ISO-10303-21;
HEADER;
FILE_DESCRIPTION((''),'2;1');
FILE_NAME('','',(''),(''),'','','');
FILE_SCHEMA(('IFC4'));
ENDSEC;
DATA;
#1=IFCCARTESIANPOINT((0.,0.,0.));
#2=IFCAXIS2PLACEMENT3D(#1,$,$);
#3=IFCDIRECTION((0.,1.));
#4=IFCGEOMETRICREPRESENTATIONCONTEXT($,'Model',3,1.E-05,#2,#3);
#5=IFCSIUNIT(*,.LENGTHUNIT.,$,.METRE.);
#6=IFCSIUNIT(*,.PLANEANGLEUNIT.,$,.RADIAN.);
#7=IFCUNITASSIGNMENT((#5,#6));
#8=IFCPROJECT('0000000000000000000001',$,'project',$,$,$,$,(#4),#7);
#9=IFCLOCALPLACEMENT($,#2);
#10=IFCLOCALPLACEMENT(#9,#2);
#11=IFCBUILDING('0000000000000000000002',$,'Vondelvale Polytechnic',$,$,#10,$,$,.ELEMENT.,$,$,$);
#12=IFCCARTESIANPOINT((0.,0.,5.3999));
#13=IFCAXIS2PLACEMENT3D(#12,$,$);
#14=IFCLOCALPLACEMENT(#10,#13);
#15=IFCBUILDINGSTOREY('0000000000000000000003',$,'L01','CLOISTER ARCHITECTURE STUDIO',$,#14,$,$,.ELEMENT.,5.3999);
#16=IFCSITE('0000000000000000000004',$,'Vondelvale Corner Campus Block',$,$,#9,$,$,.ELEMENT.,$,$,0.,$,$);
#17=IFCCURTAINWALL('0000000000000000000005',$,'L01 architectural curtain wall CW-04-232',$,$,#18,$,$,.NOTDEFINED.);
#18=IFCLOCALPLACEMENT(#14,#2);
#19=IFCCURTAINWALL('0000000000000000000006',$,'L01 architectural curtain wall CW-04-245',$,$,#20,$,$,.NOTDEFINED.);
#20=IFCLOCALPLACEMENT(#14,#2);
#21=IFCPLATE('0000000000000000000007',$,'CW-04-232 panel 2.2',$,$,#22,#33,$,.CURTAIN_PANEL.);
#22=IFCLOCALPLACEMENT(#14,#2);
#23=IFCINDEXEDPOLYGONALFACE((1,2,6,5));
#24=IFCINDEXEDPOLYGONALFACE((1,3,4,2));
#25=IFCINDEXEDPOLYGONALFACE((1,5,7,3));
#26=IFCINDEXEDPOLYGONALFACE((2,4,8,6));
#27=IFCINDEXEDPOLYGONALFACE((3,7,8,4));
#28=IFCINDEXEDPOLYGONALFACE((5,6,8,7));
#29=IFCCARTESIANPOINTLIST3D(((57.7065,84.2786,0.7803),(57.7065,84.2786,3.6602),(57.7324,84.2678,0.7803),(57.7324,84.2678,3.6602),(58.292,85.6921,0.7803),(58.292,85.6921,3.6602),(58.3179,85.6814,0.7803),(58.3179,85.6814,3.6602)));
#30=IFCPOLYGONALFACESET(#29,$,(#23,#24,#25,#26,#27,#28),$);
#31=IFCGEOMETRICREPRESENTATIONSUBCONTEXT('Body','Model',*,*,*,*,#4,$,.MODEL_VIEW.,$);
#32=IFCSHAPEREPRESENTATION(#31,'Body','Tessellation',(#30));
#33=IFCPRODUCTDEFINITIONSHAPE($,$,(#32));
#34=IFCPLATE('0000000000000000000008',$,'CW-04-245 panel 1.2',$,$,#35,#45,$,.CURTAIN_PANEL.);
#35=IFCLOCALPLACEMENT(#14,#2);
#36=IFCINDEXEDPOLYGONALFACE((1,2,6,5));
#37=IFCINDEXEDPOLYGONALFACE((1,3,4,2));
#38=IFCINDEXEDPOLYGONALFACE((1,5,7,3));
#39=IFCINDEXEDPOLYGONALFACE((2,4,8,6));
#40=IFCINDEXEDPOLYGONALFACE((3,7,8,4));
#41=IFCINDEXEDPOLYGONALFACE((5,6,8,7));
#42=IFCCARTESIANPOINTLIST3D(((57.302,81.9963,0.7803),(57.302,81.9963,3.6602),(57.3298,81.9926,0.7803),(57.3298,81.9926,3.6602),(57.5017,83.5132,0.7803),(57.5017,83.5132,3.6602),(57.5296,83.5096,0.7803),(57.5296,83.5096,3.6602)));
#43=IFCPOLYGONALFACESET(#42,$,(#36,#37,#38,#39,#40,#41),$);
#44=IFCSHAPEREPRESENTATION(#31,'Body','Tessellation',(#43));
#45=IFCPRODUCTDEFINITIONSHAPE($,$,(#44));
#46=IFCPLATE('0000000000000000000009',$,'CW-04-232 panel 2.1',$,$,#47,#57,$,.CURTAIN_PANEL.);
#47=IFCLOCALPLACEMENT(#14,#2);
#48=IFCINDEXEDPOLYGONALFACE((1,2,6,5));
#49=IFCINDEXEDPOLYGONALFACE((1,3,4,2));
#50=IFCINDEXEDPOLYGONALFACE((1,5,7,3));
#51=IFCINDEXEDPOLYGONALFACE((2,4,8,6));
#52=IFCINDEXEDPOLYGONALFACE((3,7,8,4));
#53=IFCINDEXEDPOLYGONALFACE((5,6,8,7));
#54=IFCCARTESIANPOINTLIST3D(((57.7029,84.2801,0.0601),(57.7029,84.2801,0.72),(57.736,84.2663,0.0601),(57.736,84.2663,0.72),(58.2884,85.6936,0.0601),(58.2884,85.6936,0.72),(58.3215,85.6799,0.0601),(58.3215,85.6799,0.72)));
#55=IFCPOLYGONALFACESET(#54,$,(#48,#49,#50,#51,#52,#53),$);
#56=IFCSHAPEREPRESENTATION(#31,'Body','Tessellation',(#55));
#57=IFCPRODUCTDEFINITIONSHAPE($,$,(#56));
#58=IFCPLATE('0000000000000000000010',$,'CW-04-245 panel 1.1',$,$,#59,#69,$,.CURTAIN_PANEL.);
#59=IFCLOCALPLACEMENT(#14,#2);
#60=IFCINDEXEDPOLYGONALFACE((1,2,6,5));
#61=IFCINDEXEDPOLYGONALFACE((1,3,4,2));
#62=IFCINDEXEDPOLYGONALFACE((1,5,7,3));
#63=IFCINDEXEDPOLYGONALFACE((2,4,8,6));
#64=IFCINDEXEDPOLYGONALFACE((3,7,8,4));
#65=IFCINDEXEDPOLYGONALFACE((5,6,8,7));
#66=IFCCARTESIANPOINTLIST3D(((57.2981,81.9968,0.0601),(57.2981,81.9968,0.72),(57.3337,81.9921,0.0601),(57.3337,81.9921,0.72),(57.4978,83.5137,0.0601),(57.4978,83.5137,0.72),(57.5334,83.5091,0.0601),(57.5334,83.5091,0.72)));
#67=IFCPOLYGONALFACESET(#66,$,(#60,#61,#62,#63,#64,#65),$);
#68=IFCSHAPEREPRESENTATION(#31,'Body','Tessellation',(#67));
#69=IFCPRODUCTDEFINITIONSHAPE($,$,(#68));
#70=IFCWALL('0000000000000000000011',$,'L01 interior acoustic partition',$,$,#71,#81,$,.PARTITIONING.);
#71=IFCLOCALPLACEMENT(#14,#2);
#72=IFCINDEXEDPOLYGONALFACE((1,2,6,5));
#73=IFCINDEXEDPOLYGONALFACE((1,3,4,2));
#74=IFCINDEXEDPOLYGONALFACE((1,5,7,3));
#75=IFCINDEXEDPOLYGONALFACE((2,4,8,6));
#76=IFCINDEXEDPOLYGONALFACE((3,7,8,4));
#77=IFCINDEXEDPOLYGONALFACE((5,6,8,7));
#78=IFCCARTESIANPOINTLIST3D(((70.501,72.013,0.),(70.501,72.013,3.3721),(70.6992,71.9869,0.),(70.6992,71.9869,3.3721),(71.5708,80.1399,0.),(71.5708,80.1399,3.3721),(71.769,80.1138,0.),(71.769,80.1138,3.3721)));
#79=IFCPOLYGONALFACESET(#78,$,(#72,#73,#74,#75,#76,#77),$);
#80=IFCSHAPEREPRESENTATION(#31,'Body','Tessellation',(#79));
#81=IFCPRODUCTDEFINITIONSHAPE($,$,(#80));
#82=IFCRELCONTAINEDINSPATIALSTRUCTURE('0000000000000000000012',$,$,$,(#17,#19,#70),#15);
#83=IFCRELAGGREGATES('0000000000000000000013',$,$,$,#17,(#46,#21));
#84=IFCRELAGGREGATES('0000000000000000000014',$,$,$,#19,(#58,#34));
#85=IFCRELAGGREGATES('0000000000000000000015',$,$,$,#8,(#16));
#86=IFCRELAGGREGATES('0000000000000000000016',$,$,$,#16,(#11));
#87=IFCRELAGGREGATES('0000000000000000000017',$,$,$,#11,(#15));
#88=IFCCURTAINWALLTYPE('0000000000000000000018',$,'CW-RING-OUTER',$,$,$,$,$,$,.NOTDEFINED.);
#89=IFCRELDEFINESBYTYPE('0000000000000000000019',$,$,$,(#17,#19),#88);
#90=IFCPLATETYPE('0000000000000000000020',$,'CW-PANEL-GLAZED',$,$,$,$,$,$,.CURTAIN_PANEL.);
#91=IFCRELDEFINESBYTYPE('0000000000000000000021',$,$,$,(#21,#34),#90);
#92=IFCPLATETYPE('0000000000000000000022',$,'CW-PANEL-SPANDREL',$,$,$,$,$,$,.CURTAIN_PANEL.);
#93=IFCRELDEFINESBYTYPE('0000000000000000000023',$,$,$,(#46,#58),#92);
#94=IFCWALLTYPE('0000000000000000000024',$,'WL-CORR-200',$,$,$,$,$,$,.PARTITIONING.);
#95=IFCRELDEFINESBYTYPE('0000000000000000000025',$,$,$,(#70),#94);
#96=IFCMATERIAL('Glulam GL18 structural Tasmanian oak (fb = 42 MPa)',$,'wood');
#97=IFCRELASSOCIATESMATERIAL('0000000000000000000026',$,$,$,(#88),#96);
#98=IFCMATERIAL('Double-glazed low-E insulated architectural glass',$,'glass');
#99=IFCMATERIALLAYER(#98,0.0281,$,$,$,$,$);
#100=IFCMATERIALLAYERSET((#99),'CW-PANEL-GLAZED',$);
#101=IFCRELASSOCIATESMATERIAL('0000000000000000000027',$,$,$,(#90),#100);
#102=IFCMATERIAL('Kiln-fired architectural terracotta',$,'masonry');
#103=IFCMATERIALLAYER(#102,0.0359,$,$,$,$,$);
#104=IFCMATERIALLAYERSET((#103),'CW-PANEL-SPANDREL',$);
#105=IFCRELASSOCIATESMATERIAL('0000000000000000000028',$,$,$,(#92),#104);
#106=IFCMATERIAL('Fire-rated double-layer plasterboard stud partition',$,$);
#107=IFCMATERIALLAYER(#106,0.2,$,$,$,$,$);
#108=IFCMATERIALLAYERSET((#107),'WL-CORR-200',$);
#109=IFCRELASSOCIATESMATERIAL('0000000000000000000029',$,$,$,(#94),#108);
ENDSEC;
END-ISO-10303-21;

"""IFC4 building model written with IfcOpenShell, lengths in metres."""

from ifc_helpers import new_model, si_unit, direction, frame, frame_2d, origin, origin_2d, place, context, subcontext, project, spatial, rectangle, extrude, material, layer, layer_set, type_object, element, aggregate, save


model = new_model("IFC4")

# Units and contexts
model_context = context("Model", 3, precision=1e-05, world=origin(), true_north=direction((0.0, 1.0)))
body_context = subcontext(model_context, "Body", "Model", "MODEL_VIEW")
ifc_project = project(units=[si_unit("LENGTHUNIT", "METRE"), si_unit("PLANEANGLEUNIT", "RADIAN")], contexts=[model_context])

# Site, building, storey
site_placement = place(None, origin())
site = spatial("IfcSite", under=ifc_project, at=site_placement, Name="Vondelvale Corner Campus Block", CompositionType="ELEMENT", RefElevation=0.0)
building_placement = place(site_placement, origin())
building = spatial("IfcBuilding", under=site, at=building_placement, Name="Vondelvale Polytechnic", CompositionType="ELEMENT")
storey_placement = place(building_placement, frame((0.0, 0.0, 5.3999)))
storey = spatial("IfcBuildingStorey", under=building, at=storey_placement, Name="L01", Description="CLOISTER ARCHITECTURE STUDIO", CompositionType="ELEMENT", Elevation=5.3999)

# Curtain walls
ifc_material_1 = material(Name="Glulam GL18 structural Tasmanian oak (fb = 42 MPa)", Category="wood")
curtain_wall_type = type_object("IfcCurtainWallType", Name="CW-RING-OUTER", PredefinedType="NOTDEFINED", material=ifc_material_1)
curtain_wall_1_placement = place(storey_placement, origin())
curtain_wall_1 = element("IfcCurtainWall", 1, at=curtain_wall_1_placement, inside=storey, type_object=curtain_wall_type, Name="L01 architectural curtain wall CW-04-232", PredefinedType="NOTDEFINED")
curtain_wall_2_placement = place(storey_placement, origin())
curtain_wall_2 = element("IfcCurtainWall", 2, at=curtain_wall_2_placement, inside=storey, type_object=curtain_wall_type, Name="L01 architectural curtain wall CW-04-245", PredefinedType="NOTDEFINED")

# Plates
ifc_material_2 = material(Name="Double-glazed low-E insulated architectural glass", Category="glass")
ifc_layer_1 = layer(ifc_material_2, 0.0281)
ifc_layer_set_1 = layer_set([ifc_layer_1], Name="CW-PANEL-GLAZED")
plate_type_1 = type_object("IfcPlateType", Name="CW-PANEL-GLAZED", PredefinedType="CURTAIN_PANEL", material=ifc_layer_set_1)
plate_1_placement = place(storey_placement, frame((58.0122, 84.98, 0.7803), z_axis=(0.0, 0.0, 1.0), x_axis=(-0.382677, -0.923882, 0.0)))
plate_1 = element("IfcPlate", 3, at=plate_1_placement, type_object=plate_type_1, Name="CW-04-232 panel 2.2", PredefinedType="CURTAIN_PANEL", context=body_context, shape_type="SweptSolid", body=[
    extrude(rectangle(XDim=1.53, YDim=0.0281, at=origin_2d()), origin(), (0.0, 0.0, 1.0), 2.8799),
])
plate_2_placement = place(storey_placement, frame((57.4158, 82.7529, 0.7803), z_axis=(0.0, 0.0, 1.0), x_axis=(-0.13054, -0.991443, 0.0)))
plate_2 = element("IfcPlate", 4, at=plate_2_placement, type_object=plate_type_1, Name="CW-04-245 panel 1.2", PredefinedType="CURTAIN_PANEL", context=body_context, shape_type="SweptSolid", body=[
    extrude(rectangle(XDim=1.53, YDim=0.0281, at=origin_2d()), origin(), (0.0, 0.0, 1.0), 2.8799),
])
ifc_material_3 = material(Name="Kiln-fired architectural terracotta", Category="masonry")
ifc_layer_2 = layer(ifc_material_3, 0.0359)
ifc_layer_set_2 = layer_set([ifc_layer_2], Name="CW-PANEL-SPANDREL")
plate_type_2 = type_object("IfcPlateType", Name="CW-PANEL-SPANDREL", PredefinedType="CURTAIN_PANEL", material=ifc_layer_set_2)
plate_3_placement = place(storey_placement, frame((58.0122, 84.98, 0.0601), z_axis=(0.0, 0.0, 1.0), x_axis=(-0.382677, -0.923882, 0.0)))
plate_3 = element("IfcPlate", 5, at=plate_3_placement, type_object=plate_type_2, Name="CW-04-232 panel 2.1", PredefinedType="CURTAIN_PANEL", context=body_context, shape_type="SweptSolid", body=[
    extrude(rectangle(XDim=1.53, YDim=0.0359, at=origin_2d()), origin(), (0.0, 0.0, 1.0), 0.6599),
])
aggregate(curtain_wall_1, [plate_3, plate_1])
plate_4_placement = place(storey_placement, frame((57.4158, 82.7529, 0.0601), z_axis=(0.0, 0.0, 1.0), x_axis=(-0.13054, -0.991443, 0.0)))
plate_4 = element("IfcPlate", 6, at=plate_4_placement, type_object=plate_type_2, Name="CW-04-245 panel 1.1", PredefinedType="CURTAIN_PANEL", context=body_context, shape_type="SweptSolid", body=[
    extrude(rectangle(XDim=1.53, YDim=0.0359, at=origin_2d()), origin(), (0.0, 0.0, 1.0), 0.6599),
])
aggregate(curtain_wall_2, [plate_4, plate_2])

# Wall
ifc_material_4 = material(Name="Fire-rated double-layer plasterboard stud partition")
ifc_layer_3 = layer(ifc_material_4, 0.2)
ifc_layer_set_3 = layer_set([ifc_layer_3], Name="WL-CORR-200")
wall_type = type_object("IfcWallType", Name="WL-CORR-200", PredefinedType="PARTITIONING", material=ifc_layer_set_3)
wall_placement = place(storey_placement, frame((71.6699, 80.127, 0.0), z_axis=(0.0, 0.0, 1.0), x_axis=(-0.130513, -0.991447, 0.0)))
element("IfcWall", 7, at=wall_placement, inside=storey, type_object=wall_type, Name="L01 interior acoustic partition", PredefinedType="PARTITIONING", context=body_context, shape_type="SweptSolid", body=[
    extrude(rectangle(XDim=8.197, YDim=0.2, at=frame_2d((4.0986, 0.0))), origin(), (0.0, 0.0, 1.0), 3.3721),
])

save(model, "model.ifc")
